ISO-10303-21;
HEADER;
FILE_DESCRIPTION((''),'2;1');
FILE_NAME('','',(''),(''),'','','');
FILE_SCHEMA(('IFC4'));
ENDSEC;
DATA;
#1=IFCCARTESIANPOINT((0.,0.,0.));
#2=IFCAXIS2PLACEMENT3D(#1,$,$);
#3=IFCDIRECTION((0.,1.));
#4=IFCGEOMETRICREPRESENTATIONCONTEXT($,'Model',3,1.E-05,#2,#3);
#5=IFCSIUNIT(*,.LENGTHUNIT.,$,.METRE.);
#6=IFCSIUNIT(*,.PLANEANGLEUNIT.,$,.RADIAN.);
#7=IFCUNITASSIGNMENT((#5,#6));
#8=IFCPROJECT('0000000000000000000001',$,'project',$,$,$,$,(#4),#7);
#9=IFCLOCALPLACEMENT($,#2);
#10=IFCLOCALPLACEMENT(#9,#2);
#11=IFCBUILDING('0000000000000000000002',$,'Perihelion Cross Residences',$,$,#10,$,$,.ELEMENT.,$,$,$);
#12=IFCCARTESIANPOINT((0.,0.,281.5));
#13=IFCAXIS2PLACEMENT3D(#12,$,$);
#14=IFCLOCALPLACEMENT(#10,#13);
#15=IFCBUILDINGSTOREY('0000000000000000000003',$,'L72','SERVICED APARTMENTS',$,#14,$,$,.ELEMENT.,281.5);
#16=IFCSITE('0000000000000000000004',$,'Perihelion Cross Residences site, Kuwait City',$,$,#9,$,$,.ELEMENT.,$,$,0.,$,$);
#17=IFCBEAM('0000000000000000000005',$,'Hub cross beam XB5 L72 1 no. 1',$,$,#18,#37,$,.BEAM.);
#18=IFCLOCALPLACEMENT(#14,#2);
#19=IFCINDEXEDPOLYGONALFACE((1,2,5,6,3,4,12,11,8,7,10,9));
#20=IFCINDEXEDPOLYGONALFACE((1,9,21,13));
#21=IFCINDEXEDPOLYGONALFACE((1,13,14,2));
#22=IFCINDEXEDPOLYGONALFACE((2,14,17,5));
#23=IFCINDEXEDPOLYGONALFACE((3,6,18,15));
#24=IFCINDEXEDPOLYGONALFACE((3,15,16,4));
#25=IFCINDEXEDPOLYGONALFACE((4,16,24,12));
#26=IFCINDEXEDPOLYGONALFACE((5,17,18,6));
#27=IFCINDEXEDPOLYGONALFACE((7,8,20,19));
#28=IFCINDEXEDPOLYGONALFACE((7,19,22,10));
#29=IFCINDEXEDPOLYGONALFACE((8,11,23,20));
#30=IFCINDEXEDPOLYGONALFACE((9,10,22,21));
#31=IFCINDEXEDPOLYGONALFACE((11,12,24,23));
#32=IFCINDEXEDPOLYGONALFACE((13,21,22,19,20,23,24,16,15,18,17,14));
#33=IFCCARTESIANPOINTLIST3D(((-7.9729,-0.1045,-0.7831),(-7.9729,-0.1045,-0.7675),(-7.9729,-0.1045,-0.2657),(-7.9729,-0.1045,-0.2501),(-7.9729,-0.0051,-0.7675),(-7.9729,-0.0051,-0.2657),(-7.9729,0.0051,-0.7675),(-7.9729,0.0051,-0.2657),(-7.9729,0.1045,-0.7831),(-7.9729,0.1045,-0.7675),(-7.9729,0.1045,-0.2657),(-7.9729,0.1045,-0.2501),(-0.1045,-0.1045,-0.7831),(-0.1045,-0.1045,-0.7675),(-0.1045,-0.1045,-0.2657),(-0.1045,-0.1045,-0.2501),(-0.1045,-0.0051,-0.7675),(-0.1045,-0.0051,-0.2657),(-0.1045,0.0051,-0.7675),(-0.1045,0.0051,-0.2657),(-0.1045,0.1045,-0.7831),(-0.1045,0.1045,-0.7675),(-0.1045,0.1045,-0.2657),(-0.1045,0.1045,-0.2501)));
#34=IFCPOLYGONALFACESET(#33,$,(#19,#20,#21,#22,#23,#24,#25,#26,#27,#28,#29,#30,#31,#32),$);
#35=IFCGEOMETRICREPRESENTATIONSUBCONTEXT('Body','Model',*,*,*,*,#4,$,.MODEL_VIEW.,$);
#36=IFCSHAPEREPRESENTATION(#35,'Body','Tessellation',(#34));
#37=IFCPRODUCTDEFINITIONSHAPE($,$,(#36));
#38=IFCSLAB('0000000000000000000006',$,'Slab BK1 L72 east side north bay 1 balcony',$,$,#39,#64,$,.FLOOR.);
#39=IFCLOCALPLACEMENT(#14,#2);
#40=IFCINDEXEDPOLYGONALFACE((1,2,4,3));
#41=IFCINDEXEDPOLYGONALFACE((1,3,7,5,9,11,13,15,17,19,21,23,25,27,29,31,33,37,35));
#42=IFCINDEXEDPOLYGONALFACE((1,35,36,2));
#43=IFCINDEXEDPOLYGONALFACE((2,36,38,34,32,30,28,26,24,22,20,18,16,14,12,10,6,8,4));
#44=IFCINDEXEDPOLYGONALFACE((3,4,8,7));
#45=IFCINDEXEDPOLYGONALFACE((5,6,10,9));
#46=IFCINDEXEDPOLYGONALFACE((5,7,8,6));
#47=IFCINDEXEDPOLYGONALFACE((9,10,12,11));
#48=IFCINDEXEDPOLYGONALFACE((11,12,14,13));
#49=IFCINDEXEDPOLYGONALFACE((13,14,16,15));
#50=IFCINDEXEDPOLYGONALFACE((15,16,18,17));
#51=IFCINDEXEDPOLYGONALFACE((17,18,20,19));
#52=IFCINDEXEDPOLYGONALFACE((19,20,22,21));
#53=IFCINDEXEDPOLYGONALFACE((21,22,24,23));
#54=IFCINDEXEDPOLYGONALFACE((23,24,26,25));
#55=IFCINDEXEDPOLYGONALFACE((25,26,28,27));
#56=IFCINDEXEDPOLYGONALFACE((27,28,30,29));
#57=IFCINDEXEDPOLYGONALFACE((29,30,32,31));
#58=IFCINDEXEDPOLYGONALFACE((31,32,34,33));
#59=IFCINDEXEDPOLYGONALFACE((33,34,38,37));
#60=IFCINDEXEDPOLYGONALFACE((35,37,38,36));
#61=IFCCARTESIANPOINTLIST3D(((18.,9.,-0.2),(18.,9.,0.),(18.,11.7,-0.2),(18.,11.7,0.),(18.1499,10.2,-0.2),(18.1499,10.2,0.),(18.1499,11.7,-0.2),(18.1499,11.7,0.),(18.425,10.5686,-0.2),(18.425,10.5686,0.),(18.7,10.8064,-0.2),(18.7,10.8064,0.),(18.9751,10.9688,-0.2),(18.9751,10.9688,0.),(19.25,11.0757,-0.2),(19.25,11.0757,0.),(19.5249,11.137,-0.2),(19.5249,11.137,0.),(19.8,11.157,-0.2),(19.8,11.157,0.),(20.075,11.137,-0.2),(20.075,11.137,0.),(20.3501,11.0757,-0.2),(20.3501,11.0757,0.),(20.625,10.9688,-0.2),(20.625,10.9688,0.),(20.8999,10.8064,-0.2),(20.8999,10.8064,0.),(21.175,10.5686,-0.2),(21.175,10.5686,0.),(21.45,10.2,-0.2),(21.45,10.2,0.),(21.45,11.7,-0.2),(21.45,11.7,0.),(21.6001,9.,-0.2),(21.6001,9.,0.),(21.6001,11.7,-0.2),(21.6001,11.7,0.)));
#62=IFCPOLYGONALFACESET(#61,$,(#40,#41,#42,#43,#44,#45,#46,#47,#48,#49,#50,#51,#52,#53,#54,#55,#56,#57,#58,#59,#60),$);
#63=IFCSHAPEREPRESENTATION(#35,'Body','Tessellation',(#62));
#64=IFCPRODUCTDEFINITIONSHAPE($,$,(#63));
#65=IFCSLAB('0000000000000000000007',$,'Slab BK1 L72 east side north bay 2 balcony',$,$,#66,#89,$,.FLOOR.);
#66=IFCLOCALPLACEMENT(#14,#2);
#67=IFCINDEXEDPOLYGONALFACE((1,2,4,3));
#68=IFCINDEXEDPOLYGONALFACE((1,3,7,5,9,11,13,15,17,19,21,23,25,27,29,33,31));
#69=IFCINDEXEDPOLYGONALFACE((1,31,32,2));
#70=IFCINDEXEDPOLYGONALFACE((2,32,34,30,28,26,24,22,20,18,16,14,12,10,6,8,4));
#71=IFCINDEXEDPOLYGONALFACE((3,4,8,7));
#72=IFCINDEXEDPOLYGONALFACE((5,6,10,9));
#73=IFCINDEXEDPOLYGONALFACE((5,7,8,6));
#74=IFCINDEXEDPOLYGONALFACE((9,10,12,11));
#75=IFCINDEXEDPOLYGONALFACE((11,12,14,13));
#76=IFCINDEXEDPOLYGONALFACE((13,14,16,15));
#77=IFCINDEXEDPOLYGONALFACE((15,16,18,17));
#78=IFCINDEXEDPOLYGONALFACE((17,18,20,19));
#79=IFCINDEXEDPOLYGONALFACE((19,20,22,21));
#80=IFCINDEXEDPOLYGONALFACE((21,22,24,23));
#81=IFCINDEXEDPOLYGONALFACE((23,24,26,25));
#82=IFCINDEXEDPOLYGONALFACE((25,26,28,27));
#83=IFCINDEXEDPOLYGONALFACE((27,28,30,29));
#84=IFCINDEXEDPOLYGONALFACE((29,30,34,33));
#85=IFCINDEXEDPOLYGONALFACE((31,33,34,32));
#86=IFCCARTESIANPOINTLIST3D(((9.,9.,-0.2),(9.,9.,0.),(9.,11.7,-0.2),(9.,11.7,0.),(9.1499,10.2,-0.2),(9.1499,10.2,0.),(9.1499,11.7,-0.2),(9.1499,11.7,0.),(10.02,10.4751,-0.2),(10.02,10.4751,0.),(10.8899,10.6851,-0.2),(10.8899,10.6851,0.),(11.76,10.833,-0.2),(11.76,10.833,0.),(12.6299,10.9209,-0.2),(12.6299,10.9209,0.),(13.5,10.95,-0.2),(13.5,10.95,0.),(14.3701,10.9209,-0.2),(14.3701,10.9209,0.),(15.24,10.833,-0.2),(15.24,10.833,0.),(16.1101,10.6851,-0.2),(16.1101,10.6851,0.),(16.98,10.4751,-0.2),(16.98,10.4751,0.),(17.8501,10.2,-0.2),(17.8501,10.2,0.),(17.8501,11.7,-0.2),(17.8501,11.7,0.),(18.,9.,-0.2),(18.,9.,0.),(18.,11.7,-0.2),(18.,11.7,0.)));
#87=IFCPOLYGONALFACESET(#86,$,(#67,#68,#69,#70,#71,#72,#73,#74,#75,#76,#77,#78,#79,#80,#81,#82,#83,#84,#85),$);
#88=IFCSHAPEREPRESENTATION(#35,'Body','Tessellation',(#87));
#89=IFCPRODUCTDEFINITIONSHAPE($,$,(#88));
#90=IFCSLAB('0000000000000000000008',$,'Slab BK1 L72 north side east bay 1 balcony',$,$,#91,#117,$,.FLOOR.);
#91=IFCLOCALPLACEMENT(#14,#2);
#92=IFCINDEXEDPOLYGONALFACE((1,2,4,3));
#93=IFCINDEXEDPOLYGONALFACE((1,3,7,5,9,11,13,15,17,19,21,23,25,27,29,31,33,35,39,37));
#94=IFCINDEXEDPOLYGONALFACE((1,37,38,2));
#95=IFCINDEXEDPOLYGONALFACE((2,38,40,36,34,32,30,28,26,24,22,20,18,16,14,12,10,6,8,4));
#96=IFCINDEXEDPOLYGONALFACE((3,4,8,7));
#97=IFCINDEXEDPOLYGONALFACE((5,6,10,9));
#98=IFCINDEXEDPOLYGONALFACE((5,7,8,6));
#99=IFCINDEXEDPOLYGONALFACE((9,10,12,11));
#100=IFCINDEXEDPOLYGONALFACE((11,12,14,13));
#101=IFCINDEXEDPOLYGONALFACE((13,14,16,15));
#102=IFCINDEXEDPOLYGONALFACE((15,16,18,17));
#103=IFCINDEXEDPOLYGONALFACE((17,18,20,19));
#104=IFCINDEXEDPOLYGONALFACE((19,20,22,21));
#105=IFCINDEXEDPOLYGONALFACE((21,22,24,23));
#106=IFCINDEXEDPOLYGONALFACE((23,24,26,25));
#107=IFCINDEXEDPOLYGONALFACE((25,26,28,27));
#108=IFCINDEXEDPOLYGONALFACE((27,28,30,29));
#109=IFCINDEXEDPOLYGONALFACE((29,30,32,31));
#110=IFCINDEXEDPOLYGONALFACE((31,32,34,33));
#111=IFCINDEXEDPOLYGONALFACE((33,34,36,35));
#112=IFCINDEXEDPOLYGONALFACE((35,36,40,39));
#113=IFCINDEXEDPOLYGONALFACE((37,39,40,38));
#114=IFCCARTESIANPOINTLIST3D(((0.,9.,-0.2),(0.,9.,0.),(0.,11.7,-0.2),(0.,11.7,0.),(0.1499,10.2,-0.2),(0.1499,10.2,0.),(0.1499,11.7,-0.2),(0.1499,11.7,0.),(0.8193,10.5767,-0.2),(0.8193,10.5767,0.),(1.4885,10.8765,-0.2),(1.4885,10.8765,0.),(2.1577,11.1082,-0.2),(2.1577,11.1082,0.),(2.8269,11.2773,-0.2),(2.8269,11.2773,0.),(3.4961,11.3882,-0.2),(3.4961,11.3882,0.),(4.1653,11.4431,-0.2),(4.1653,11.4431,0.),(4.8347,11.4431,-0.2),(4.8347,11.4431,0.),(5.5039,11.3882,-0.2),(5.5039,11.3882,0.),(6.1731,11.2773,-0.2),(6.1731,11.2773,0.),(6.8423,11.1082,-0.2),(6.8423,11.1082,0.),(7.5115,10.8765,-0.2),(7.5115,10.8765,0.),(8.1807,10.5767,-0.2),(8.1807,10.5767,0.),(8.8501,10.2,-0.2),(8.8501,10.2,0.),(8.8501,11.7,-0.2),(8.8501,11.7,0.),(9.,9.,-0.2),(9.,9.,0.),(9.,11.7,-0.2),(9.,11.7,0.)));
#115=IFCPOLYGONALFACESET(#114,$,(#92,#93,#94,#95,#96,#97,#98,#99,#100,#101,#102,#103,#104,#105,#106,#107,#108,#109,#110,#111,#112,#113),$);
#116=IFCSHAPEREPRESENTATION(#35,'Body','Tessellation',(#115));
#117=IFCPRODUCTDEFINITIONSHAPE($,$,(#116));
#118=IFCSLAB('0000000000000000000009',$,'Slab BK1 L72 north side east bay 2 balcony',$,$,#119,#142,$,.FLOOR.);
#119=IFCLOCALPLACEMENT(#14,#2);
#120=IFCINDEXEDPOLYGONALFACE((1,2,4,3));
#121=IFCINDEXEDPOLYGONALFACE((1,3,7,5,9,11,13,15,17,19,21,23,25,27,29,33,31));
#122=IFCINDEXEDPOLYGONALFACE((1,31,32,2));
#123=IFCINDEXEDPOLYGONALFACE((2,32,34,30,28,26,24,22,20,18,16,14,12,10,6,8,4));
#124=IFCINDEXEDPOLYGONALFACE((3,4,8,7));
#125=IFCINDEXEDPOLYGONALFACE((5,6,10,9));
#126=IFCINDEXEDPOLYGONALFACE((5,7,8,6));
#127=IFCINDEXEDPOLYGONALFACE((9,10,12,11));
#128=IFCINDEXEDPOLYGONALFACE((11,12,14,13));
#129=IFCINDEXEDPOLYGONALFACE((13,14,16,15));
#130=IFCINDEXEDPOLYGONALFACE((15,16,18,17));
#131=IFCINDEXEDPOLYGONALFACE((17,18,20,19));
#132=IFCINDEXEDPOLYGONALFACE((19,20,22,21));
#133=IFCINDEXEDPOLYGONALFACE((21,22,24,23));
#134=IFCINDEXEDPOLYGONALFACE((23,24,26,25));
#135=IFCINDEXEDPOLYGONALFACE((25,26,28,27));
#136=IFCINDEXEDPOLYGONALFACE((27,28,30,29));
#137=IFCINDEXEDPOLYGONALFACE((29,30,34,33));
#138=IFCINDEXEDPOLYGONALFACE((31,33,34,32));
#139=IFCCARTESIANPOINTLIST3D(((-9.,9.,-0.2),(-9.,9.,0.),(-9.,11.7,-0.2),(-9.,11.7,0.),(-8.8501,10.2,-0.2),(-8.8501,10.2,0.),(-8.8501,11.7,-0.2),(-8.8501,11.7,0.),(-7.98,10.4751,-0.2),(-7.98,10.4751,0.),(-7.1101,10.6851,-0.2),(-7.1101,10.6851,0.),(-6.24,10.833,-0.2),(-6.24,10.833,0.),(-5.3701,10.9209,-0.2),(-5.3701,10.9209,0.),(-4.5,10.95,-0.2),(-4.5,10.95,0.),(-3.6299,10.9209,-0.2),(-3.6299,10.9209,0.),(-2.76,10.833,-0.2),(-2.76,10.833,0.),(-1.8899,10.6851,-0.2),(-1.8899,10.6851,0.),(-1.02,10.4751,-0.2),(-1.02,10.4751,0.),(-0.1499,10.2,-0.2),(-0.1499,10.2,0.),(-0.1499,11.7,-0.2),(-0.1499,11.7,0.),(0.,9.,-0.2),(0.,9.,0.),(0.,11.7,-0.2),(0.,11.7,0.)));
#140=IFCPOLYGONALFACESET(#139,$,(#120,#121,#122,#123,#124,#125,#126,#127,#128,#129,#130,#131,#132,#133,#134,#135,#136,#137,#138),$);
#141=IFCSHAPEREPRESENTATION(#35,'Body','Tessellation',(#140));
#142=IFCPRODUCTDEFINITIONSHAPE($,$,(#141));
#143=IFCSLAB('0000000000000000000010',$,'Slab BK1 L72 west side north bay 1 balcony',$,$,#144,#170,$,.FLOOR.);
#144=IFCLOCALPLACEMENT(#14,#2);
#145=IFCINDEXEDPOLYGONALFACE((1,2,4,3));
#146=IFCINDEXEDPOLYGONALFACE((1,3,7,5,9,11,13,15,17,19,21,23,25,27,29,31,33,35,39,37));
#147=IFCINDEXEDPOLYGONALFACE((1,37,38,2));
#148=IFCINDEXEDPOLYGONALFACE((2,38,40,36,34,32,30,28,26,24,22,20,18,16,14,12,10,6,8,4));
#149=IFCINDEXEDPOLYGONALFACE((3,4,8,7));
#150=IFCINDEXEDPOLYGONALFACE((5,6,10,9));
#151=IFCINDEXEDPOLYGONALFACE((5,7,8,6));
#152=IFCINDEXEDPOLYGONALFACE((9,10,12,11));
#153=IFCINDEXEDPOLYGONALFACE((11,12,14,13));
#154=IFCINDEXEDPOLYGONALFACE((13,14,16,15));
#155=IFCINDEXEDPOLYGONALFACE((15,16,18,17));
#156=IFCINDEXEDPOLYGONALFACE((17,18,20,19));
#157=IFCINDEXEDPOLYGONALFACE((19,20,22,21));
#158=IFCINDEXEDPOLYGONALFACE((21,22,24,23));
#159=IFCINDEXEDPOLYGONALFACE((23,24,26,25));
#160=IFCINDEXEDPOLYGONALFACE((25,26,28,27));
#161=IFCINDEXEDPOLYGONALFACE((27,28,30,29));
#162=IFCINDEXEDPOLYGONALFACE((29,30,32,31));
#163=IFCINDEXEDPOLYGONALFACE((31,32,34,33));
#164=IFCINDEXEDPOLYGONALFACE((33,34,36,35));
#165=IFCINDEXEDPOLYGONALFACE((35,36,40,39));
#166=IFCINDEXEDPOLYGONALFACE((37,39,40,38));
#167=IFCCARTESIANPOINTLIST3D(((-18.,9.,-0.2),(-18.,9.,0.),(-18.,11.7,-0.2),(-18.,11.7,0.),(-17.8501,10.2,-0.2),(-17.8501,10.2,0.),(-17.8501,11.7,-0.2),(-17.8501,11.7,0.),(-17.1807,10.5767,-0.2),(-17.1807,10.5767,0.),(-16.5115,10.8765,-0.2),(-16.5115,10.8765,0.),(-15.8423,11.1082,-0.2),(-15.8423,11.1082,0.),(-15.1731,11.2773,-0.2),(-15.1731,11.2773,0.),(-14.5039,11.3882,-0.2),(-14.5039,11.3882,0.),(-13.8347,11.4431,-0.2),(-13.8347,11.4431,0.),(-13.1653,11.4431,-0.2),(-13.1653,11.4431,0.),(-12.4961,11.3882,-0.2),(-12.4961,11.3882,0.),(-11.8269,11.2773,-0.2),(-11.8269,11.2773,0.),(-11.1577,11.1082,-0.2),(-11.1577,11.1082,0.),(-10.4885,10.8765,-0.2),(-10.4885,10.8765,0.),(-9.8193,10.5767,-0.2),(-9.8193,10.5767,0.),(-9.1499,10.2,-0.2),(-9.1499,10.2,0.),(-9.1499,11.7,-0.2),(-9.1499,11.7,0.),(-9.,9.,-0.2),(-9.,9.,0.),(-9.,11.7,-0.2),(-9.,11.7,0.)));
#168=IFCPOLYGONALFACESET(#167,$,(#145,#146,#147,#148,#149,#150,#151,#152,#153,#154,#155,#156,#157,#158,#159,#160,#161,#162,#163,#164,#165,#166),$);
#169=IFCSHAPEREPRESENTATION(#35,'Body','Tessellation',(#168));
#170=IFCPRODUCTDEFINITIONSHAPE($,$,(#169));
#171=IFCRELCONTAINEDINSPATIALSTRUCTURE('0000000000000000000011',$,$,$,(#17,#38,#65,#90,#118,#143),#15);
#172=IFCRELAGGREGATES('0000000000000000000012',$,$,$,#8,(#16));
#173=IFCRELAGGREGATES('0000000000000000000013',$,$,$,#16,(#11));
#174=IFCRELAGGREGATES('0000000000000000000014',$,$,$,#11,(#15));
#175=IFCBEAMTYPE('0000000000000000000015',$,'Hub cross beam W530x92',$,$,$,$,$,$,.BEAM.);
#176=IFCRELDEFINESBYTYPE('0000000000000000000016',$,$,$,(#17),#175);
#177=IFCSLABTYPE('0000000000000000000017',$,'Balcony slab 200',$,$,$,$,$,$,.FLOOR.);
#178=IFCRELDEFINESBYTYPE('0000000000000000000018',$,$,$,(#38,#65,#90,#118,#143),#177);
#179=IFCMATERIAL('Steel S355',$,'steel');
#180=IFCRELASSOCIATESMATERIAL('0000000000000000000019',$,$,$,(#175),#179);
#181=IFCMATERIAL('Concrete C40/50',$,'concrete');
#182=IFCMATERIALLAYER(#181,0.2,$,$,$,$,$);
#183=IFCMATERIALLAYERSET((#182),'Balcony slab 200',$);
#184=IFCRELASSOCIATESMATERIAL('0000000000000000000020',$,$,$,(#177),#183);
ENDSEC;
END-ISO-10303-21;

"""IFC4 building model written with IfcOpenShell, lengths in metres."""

from ifc_helpers import new_model, si_unit, direction, frame, origin, origin_2d, place, context, subcontext, project, spatial, polyline, i_section, outline, extrude, material, layer, layer_set, material_profile, profile_set, type_object, element, save


model = new_model("IFC4")

# Units and contexts
model_context = context("Model", 3, precision=1e-05, world=origin(), true_north=direction((0.0, 1.0)))
body_context = subcontext(model_context, "Body", "Model", "MODEL_VIEW")
ifc_project = project(units=[si_unit("LENGTHUNIT", "METRE"), si_unit("PLANEANGLEUNIT", "RADIAN")], contexts=[model_context])

# Site, building, storey
site_placement = place(None, origin())
site = spatial("IfcSite", under=ifc_project, at=site_placement, Name="Perihelion Cross Residences site, Kuwait City", CompositionType="ELEMENT", RefElevation=0.0)
building_placement = place(site_placement, origin())
building = spatial("IfcBuilding", under=site, at=building_placement, Name="Perihelion Cross Residences", CompositionType="ELEMENT")
storey_placement = place(building_placement, frame((0.0, 0.0, 281.5)))
storey = spatial("IfcBuildingStorey", under=building, at=storey_placement, Name="L72", Description="SERVICED APARTMENTS", CompositionType="ELEMENT", Elevation=281.5)

# Beam
ifc_material_1 = material(Name="Steel S355", Category="steel")
ifc_material_profile = material_profile(ifc_material_1, i_section(OverallWidth=0.209, OverallDepth=0.533, WebThickness=0.0103, FlangeThickness=0.0156, at=origin_2d()), Name="W530x92")
ifc_profile_set = profile_set([ifc_material_profile], Name="Steel S355")
beam_type = type_object("IfcBeamType", Name="Hub cross beam W530x92", PredefinedType="BEAM", material=ifc_profile_set)
beam_placement = place(storey_placement, frame((-7.9729, 0.0, -0.5166), z_axis=(1.0, 0.0, 0.0), x_axis=(0.0, 1.0, 0.0)))
element("IfcBeam", 1, at=beam_placement, inside=storey, type_object=beam_type, Name="Hub cross beam XB5 L72 1 no. 1", PredefinedType="BEAM", context=body_context, shape_type="SweptSolid", body=[
    extrude(i_section(OverallWidth=0.209, OverallDepth=0.533, WebThickness=0.0103, FlangeThickness=0.0156, at=origin_2d()), origin(), (0.0, 0.0, 1.0), 7.8684),
])

# Slabs
ifc_material_2 = material(Name="Concrete C40/50", Category="concrete")
ifc_layer_1 = layer(ifc_material_2, 0.2)
ifc_layer_set_1 = layer_set([ifc_layer_1], Name="Balcony slab 200")
slab_type_1 = type_object("IfcSlabType", Name="Balcony slab 200", PredefinedType="FLOOR", material=ifc_layer_set_1)
slab_1_placement = place(storey_placement, frame((0.0, 0.0, -0.2)))
element("IfcSlab", 2, at=slab_1_placement, inside=storey, type_object=slab_type_1, Name="Slab BK1 L72 east side north bay 1 balcony", PredefinedType="FLOOR", context=body_context, shape_type="SweptSolid", body=[
    extrude(outline(polyline([(21.6001, 9.0), (18.0, 9.0), (18.0, 11.7), (18.1499, 11.7), (18.1499, 10.2), (18.425, 10.5686), (18.7, 10.8064), (18.9751, 10.9688), (19.25, 11.0757), (19.5249, 11.137), (19.8, 11.157), (20.075, 11.137), (20.3501, 11.0757), (20.625, 10.9688), (20.8999, 10.8064), (21.175, 10.5686), (21.45, 10.2), (21.45, 11.7), (21.6001, 11.7), (21.6001, 9.0)])), origin(), (0.0, 0.0, 1.0), 0.2),
])
slab_2_placement = place(storey_placement, frame((0.0, 0.0, -0.2)))
element("IfcSlab", 3, at=slab_2_placement, inside=storey, type_object=slab_type_1, Name="Slab BK1 L72 east side north bay 2 balcony", PredefinedType="FLOOR", context=body_context, shape_type="SweptSolid", body=[
    extrude(outline(polyline([(18.0, 9.0), (9.0, 9.0), (9.0, 11.7), (9.1499, 11.7), (9.1499, 10.2), (10.02, 10.4751), (10.8899, 10.6851), (11.76, 10.833), (12.6299, 10.9209), (13.5, 10.95), (14.3701, 10.9209), (15.24, 10.833), (16.1101, 10.6851), (16.98, 10.4751), (17.8501, 10.2), (17.8501, 11.7), (18.0, 11.7), (18.0, 9.0)])), origin(), (0.0, 0.0, 1.0), 0.2),
])
slab_3_placement = place(storey_placement, frame((0.0, 0.0, -0.2)))
element("IfcSlab", 4, at=slab_3_placement, inside=storey, type_object=slab_type_1, Name="Slab BK1 L72 north side east bay 1 balcony", PredefinedType="FLOOR", context=body_context, shape_type="SweptSolid", body=[
    extrude(outline(polyline([(9.0, 9.0), (0.0, 9.0), (0.0, 11.7), (0.1499, 11.7), (0.1499, 10.2), (0.8193, 10.5767), (1.4885, 10.8765), (2.1577, 11.1082), (2.8269, 11.2773), (3.4961, 11.3882), (4.1653, 11.4431), (4.8347, 11.4431), (5.5039, 11.3882), (6.1731, 11.2773), (6.8423, 11.1082), (7.5115, 10.8765), (8.1807, 10.5767), (8.8501, 10.2), (8.8501, 11.7), (9.0, 11.7), (9.0, 9.0)])), origin(), (0.0, 0.0, 1.0), 0.2),
])
slab_4_placement = place(storey_placement, frame((0.0, 0.0, -0.2)))
element("IfcSlab", 5, at=slab_4_placement, inside=storey, type_object=slab_type_1, Name="Slab BK1 L72 north side east bay 2 balcony", PredefinedType="FLOOR", context=body_context, shape_type="SweptSolid", body=[
    extrude(outline(polyline([(0.0, 9.0), (-9.0, 9.0), (-9.0, 11.7), (-8.8501, 11.7), (-8.8501, 10.2), (-7.98, 10.4751), (-7.1101, 10.6851), (-6.24, 10.833), (-5.3701, 10.9209), (-4.5, 10.95), (-3.6299, 10.9209), (-2.76, 10.833), (-1.8899, 10.6851), (-1.02, 10.4751), (-0.1499, 10.2), (-0.1499, 11.7), (0.0, 11.7), (0.0, 9.0)])), origin(), (0.0, 0.0, 1.0), 0.2),
])
slab_5_placement = place(storey_placement, frame((0.0, 0.0, -0.2)))
element("IfcSlab", 6, at=slab_5_placement, inside=storey, type_object=slab_type_1, Name="Slab BK1 L72 west side north bay 1 balcony", PredefinedType="FLOOR", context=body_context, shape_type="SweptSolid", body=[
    extrude(outline(polyline([(-9.0, 9.0), (-18.0, 9.0), (-18.0, 11.7), (-17.8501, 11.7), (-17.8501, 10.2), (-17.1807, 10.5767), (-16.5115, 10.8765), (-15.8423, 11.1082), (-15.1731, 11.2773), (-14.5039, 11.3882), (-13.8347, 11.4431), (-13.1653, 11.4431), (-12.4961, 11.3882), (-11.8269, 11.2773), (-11.1577, 11.1082), (-10.4885, 10.8765), (-9.8193, 10.5767), (-9.1499, 10.2), (-9.1499, 11.7), (-9.0, 11.7), (-9.0, 9.0)])), origin(), (0.0, 0.0, 1.0), 0.2),
])

save(model, "model.ifc")
